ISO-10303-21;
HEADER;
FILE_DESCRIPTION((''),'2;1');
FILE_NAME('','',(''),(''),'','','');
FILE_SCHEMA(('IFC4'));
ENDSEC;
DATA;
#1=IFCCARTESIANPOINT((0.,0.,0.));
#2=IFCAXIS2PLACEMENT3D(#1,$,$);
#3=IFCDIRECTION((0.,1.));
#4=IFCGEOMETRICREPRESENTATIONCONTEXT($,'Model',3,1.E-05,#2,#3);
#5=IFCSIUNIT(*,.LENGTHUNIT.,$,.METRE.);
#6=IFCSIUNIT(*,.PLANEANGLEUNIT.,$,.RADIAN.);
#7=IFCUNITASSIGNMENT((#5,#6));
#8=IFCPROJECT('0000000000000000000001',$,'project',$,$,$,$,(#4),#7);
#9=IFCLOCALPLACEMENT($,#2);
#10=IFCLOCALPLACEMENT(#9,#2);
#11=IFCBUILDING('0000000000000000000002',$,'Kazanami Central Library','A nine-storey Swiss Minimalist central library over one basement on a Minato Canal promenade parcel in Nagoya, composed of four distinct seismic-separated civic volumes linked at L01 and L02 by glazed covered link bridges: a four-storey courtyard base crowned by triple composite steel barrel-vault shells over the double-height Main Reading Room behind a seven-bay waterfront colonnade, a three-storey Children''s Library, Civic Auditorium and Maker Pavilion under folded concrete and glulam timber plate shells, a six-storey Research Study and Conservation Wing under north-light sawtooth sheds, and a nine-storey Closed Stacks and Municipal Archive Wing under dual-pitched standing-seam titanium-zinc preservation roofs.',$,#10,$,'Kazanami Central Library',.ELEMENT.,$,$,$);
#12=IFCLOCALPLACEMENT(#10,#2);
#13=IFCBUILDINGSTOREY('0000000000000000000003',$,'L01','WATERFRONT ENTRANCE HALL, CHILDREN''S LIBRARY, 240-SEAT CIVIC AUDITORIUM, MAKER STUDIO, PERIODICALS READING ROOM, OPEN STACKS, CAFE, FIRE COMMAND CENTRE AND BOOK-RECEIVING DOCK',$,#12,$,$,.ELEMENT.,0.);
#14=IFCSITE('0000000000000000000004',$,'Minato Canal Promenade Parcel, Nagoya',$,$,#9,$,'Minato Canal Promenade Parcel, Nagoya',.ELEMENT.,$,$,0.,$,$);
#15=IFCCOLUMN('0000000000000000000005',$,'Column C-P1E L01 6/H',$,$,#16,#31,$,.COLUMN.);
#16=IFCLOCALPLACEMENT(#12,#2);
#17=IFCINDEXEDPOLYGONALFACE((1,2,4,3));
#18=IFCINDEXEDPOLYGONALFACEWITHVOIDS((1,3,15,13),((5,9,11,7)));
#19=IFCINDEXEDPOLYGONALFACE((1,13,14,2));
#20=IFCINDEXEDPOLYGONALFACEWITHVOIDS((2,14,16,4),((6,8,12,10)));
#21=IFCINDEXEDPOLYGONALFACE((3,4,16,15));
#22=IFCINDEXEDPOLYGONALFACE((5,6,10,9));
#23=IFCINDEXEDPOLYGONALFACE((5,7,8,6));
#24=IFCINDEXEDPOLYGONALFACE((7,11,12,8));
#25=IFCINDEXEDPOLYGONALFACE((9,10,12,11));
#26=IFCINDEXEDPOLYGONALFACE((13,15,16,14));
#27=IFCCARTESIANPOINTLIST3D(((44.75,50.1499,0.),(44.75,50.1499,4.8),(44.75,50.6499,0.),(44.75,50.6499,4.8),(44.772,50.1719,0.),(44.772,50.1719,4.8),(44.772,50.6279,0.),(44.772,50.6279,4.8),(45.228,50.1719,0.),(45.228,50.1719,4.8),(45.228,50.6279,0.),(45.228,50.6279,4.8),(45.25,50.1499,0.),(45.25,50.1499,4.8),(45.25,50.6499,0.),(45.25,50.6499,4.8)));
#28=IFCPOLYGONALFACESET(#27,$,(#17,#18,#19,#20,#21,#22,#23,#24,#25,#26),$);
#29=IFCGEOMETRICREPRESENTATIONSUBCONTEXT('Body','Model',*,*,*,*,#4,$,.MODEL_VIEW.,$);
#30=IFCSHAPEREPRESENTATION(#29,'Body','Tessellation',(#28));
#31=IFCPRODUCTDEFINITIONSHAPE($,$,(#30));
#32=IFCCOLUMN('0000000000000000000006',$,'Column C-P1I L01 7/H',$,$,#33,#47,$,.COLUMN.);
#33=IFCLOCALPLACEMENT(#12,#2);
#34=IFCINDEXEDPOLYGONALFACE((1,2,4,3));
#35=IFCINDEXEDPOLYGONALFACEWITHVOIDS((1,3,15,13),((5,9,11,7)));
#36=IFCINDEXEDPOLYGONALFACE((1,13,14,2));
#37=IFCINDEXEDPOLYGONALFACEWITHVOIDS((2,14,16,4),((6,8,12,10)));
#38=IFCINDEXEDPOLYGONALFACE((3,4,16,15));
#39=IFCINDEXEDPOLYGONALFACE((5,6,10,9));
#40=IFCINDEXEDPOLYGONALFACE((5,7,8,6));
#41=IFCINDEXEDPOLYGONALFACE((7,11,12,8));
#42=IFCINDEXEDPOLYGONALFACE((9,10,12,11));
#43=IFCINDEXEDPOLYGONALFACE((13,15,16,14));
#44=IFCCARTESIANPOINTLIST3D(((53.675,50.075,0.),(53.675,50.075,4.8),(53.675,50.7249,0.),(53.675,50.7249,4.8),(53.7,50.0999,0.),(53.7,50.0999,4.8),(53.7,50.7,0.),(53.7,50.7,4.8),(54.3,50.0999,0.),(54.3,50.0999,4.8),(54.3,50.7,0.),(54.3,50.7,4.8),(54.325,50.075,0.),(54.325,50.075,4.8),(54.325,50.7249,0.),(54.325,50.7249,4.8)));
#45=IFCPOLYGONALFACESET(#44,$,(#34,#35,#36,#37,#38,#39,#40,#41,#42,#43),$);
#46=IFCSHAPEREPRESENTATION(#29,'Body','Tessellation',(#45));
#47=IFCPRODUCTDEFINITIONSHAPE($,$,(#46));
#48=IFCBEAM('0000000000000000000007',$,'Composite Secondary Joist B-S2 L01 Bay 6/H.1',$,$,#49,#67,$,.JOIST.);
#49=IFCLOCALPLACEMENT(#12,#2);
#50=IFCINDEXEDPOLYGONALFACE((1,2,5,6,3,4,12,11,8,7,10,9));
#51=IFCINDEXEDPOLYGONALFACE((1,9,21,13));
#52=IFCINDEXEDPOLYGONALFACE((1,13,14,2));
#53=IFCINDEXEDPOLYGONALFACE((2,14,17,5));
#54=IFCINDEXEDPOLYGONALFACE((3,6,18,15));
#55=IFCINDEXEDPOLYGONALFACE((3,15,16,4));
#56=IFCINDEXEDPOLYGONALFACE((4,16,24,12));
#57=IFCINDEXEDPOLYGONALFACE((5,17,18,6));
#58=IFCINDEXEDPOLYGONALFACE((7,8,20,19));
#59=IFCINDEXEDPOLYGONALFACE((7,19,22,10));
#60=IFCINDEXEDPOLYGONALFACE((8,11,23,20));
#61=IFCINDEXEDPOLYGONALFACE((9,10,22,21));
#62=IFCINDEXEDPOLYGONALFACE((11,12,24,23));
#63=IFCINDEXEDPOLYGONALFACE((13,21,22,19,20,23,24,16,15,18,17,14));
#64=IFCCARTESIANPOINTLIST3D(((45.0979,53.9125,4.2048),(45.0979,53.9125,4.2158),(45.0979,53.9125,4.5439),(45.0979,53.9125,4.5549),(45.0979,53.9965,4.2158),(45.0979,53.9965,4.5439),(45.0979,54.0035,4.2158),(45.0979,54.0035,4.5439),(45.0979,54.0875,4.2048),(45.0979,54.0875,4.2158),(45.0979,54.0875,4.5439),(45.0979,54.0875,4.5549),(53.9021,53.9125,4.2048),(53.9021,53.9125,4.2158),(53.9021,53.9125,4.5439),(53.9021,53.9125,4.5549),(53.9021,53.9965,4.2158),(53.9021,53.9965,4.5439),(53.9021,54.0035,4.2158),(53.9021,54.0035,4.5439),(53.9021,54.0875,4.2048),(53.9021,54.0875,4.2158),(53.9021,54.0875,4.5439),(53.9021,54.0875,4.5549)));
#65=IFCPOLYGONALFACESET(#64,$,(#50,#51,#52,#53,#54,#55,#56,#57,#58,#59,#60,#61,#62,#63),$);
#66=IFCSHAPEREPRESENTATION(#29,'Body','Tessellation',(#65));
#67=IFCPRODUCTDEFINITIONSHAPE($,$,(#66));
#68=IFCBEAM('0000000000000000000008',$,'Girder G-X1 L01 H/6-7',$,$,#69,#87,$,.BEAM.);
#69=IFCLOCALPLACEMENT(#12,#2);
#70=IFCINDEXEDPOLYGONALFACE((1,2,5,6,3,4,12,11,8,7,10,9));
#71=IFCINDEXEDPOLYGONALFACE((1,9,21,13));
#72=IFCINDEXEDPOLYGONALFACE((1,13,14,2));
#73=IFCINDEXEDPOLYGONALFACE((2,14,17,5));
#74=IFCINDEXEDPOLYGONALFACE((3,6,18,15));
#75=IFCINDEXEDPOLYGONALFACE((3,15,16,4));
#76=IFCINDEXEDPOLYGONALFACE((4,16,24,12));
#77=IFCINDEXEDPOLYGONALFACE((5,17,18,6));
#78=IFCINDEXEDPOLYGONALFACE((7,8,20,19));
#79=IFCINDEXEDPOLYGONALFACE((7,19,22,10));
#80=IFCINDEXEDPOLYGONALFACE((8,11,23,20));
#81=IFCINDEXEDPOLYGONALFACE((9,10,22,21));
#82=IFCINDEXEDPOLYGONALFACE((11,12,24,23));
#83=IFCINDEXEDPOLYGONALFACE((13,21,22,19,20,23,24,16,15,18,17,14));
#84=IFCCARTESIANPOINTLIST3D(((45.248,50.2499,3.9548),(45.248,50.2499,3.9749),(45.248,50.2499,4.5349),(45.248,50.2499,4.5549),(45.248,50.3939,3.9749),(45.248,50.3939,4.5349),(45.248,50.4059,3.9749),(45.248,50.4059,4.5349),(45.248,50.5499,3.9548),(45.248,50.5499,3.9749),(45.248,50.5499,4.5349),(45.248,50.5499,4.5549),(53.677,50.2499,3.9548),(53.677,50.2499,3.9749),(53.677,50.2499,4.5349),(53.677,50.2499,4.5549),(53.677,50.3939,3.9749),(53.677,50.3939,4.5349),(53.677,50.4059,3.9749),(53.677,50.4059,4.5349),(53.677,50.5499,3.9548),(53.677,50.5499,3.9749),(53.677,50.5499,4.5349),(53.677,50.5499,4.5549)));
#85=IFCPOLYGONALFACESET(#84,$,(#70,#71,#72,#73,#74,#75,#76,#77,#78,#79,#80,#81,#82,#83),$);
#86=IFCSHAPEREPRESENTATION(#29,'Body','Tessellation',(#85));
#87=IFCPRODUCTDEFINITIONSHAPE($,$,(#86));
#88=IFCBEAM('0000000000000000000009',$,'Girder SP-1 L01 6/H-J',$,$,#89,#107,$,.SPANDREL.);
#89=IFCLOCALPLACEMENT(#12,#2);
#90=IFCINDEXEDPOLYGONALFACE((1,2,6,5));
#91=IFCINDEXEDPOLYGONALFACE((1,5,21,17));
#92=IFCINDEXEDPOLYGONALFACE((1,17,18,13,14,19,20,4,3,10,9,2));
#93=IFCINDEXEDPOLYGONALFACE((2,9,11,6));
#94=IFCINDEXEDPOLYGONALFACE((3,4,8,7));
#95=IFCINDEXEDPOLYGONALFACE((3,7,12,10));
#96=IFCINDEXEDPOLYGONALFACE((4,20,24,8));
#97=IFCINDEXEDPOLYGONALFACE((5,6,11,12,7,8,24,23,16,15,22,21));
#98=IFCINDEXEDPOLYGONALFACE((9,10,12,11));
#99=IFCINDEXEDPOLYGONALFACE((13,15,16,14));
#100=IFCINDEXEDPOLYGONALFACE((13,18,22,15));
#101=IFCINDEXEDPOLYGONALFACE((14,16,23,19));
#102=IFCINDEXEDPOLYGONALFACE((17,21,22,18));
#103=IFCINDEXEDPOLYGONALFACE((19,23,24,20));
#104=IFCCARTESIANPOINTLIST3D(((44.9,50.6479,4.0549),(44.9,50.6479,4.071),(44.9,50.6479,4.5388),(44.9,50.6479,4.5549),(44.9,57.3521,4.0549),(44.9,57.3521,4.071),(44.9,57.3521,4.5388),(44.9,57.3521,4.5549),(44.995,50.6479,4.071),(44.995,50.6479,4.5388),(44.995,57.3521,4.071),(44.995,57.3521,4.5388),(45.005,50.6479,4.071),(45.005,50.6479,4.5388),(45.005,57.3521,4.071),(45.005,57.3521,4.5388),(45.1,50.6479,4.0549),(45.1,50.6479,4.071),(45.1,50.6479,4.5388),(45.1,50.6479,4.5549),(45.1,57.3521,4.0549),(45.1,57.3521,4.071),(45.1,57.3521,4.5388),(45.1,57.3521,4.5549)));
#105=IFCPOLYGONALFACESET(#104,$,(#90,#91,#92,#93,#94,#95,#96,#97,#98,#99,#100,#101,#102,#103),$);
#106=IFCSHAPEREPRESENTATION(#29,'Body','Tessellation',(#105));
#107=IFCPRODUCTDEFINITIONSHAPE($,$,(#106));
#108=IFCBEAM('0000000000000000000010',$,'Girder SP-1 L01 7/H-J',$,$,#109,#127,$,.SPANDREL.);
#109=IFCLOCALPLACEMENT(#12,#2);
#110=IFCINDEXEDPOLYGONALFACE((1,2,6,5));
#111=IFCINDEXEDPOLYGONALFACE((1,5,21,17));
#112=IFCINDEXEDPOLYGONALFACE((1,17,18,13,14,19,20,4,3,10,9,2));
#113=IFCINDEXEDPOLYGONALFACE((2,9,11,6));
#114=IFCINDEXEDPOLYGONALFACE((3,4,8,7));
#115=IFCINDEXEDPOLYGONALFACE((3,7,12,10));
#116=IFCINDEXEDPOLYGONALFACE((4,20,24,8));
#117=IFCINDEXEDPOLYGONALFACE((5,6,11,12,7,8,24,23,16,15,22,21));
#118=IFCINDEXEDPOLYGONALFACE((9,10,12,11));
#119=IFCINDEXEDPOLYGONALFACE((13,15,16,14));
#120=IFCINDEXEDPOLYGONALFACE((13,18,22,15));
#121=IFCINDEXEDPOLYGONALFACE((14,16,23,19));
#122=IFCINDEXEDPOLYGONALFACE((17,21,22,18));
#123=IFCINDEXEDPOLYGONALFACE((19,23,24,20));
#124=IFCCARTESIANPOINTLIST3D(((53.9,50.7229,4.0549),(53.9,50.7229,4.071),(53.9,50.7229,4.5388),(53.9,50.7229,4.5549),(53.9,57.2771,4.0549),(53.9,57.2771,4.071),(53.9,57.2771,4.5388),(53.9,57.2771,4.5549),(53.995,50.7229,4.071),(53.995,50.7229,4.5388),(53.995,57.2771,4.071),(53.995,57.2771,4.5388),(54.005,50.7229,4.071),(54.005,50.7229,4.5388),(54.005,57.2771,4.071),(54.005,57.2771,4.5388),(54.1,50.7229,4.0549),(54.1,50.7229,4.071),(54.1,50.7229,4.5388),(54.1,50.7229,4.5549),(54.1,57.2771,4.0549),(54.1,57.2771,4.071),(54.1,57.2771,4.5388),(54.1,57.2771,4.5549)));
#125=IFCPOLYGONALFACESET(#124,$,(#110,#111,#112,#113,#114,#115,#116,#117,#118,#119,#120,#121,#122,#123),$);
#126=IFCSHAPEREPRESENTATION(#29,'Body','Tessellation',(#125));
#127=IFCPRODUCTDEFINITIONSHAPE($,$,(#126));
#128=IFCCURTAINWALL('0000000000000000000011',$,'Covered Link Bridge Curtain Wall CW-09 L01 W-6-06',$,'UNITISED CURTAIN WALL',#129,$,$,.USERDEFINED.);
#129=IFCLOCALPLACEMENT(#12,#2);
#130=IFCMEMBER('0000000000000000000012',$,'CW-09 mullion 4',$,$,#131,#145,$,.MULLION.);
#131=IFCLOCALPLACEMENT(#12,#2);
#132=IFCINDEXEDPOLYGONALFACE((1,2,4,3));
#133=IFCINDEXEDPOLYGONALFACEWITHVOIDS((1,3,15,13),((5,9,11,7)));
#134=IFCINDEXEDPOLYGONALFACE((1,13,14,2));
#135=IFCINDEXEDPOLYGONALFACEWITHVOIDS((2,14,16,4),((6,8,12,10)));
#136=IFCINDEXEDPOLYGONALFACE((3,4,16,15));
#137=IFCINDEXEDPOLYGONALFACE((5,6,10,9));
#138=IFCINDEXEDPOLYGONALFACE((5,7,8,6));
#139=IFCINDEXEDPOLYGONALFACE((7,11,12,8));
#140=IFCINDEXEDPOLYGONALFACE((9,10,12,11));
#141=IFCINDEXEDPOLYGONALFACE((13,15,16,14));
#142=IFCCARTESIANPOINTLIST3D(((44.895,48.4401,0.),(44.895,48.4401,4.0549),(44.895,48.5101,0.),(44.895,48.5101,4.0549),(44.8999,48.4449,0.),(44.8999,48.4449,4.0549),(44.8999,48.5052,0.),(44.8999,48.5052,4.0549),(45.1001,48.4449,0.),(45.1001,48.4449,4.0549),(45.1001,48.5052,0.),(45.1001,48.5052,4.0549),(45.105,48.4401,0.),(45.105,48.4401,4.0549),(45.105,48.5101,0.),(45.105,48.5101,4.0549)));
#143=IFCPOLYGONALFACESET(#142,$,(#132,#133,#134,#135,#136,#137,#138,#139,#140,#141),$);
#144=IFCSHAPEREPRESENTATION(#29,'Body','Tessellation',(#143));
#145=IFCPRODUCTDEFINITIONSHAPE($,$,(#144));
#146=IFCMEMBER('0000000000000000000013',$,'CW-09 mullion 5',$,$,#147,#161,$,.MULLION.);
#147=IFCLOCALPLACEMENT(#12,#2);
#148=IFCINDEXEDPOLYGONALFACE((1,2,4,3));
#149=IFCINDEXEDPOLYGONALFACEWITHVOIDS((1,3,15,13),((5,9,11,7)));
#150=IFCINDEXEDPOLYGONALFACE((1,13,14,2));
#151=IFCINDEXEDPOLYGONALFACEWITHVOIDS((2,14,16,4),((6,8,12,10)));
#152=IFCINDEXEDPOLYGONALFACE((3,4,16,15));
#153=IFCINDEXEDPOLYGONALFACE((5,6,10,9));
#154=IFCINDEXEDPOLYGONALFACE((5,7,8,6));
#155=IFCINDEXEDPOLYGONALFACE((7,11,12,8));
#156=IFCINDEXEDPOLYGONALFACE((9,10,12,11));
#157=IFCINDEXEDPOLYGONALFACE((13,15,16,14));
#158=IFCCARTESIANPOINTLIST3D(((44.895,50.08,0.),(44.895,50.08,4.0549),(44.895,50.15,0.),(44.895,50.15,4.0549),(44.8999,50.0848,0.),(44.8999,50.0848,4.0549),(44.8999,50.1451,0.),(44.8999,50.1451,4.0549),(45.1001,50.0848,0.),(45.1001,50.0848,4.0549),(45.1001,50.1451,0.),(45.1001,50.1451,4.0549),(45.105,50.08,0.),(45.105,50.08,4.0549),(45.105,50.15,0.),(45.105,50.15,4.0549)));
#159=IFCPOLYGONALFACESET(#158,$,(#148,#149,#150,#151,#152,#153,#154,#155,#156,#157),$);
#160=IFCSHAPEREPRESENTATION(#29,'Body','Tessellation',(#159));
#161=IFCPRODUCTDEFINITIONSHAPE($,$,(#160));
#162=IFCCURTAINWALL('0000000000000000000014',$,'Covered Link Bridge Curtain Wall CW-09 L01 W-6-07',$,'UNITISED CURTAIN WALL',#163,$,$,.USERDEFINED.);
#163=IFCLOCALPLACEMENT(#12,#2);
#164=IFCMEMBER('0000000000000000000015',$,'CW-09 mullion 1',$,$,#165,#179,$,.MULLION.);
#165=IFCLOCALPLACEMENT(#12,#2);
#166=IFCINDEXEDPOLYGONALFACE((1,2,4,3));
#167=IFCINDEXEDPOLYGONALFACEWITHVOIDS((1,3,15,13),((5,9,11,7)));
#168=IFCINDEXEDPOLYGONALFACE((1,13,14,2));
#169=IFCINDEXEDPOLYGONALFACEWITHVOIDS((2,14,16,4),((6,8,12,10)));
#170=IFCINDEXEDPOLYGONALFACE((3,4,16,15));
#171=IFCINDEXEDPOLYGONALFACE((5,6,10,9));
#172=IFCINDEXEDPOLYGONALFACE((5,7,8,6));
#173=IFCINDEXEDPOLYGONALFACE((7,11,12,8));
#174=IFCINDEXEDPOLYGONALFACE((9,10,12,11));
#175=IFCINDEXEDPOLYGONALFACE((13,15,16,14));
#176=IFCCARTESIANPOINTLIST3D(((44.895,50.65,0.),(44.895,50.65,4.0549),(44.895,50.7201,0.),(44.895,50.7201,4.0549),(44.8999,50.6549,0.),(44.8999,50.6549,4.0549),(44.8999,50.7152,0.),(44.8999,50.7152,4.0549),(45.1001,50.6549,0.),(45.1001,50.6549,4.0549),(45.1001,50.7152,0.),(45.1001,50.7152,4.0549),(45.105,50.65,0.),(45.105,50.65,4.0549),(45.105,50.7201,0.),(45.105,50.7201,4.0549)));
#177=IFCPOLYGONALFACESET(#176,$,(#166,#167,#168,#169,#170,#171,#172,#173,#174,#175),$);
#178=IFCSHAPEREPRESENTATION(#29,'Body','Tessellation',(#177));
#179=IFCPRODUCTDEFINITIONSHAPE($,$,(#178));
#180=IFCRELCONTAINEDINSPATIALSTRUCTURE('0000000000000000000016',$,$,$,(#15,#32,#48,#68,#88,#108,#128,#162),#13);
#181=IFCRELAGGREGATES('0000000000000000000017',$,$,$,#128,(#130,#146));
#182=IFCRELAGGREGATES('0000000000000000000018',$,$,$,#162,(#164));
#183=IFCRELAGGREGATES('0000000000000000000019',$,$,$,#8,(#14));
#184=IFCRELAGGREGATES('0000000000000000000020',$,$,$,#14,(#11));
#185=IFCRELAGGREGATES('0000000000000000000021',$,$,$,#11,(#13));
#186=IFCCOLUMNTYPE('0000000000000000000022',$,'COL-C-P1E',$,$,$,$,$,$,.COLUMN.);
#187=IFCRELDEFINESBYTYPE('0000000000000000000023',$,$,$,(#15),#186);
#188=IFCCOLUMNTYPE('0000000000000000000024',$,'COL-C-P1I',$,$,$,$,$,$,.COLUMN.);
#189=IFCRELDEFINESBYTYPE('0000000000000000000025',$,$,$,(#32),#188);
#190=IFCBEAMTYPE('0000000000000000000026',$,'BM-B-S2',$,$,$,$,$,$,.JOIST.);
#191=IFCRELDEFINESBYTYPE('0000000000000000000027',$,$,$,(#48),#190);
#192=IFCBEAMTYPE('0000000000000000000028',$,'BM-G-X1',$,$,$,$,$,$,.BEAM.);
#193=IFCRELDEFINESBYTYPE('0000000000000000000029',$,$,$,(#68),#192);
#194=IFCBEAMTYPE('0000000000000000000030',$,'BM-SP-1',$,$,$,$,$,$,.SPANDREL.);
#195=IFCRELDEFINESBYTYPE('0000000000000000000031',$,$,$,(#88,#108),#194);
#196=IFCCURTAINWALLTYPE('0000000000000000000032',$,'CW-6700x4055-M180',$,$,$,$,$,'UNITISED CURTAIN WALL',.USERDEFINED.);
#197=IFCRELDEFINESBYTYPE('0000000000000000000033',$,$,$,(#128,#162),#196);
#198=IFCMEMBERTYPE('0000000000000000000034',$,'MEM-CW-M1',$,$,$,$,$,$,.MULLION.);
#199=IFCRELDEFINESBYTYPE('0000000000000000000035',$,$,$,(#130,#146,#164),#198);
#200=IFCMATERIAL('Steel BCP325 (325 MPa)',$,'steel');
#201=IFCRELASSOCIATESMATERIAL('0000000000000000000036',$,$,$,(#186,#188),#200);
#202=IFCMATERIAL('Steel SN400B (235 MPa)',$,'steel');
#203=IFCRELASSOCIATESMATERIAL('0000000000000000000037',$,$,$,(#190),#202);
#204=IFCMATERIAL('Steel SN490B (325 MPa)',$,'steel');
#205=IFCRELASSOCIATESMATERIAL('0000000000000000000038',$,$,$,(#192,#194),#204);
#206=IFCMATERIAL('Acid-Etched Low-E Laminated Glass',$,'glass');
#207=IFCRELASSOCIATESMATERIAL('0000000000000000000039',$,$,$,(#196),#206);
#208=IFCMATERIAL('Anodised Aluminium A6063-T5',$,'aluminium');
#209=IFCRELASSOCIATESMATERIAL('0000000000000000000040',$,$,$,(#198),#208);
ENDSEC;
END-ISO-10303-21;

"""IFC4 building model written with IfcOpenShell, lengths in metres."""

from ifc_helpers import new_model, si_unit, direction, frame, origin, origin_2d, place, context, subcontext, project, spatial, hollow_rectangle, i_section, extrude, material, material_profile, profile_set, type_object, element, aggregate, save


model = new_model("IFC4")

# Units and contexts
model_context = context("Model", 3, precision=1e-05, world=origin(), true_north=direction((0.0, 1.0)))
body_context = subcontext(model_context, "Body", "Model", "MODEL_VIEW")
ifc_project = project(units=[si_unit("LENGTHUNIT", "METRE"), si_unit("PLANEANGLEUNIT", "RADIAN")], contexts=[model_context])

# Site, building, storey
site_placement = place(None, origin())
site = spatial("IfcSite", under=ifc_project, at=site_placement, Name="Minato Canal Promenade Parcel, Nagoya", LongName="Minato Canal Promenade Parcel, Nagoya", CompositionType="ELEMENT", RefElevation=0.0)
building_placement = place(site_placement, origin())
building = spatial("IfcBuilding", under=site, at=building_placement, Name="Kazanami Central Library", Description="A nine-storey Swiss Minimalist central library over one basement on a Minato Canal promenade parcel in Nagoya, composed of four distinct seismic-separated civic volumes linked at L01 and L02 by glazed covered link bridges: a four-storey courtyard base crowned by triple composite steel barrel-vault shells over the double-height Main Reading Room behind a seven-bay waterfront colonnade, a three-storey Children's Library, Civic Auditorium and Maker Pavilion under folded concrete and glulam timber plate shells, a six-storey Research Study and Conservation Wing under north-light sawtooth sheds, and a nine-storey Closed Stacks and Municipal Archive Wing under dual-pitched standing-seam titanium-zinc preservation roofs.", LongName="Kazanami Central Library", CompositionType="ELEMENT")
storey_placement = place(building_placement, origin())
storey = spatial("IfcBuildingStorey", under=building, at=storey_placement, Name="L01", Description="WATERFRONT ENTRANCE HALL, CHILDREN'S LIBRARY, 240-SEAT CIVIC AUDITORIUM, MAKER STUDIO, PERIODICALS READING ROOM, OPEN STACKS, CAFE, FIRE COMMAND CENTRE AND BOOK-RECEIVING DOCK", CompositionType="ELEMENT", Elevation=0.0)

# Columns
ifc_material_1 = material(Name="Steel BCP325 (325 MPa)", Category="steel")
ifc_material_profile_1 = material_profile(ifc_material_1, hollow_rectangle(XDim=0.5, YDim=0.5, WallThickness=0.022, at=origin_2d()), Name="BCP-500x500x22")
ifc_profile_set_1 = profile_set([ifc_material_profile_1], Name="Steel BCP325 (325 MPa)")
column_type_1 = type_object("IfcColumnType", Name="COL-C-P1E", PredefinedType="COLUMN", material=ifc_profile_set_1)
column_1_placement = place(storey_placement, frame((45.0, 50.3999, 0.0), z_axis=(0.0, 0.0, 1.0), x_axis=(1.0, 0.0, 0.0)))
element("IfcColumn", 1, at=column_1_placement, inside=storey, type_object=column_type_1, Name="Column C-P1E L01 6/H", PredefinedType="COLUMN", context=body_context, shape_type="SweptSolid", body=[
    extrude(hollow_rectangle(XDim=0.5, YDim=0.5, WallThickness=0.022, at=origin_2d()), origin(), (0.0, 0.0, 1.0), 4.8),
])
ifc_material_profile_2 = material_profile(ifc_material_1, hollow_rectangle(XDim=0.6499, YDim=0.6499, WallThickness=0.0249, at=origin_2d()), Name="BCP-650x650x25")
ifc_profile_set_2 = profile_set([ifc_material_profile_2], Name="Steel BCP325 (325 MPa)")
column_type_2 = type_object("IfcColumnType", Name="COL-C-P1I", PredefinedType="COLUMN", material=ifc_profile_set_2)
column_2_placement = place(storey_placement, frame((54.0, 50.3999, 0.0), z_axis=(0.0, 0.0, 1.0), x_axis=(1.0, 0.0, 0.0)))
element("IfcColumn", 2, at=column_2_placement, inside=storey, type_object=column_type_2, Name="Column C-P1I L01 7/H", PredefinedType="COLUMN", context=body_context, shape_type="SweptSolid", body=[
    extrude(hollow_rectangle(XDim=0.6499, YDim=0.6499, WallThickness=0.0249, at=origin_2d()), origin(), (0.0, 0.0, 1.0), 4.8),
])

# Beams
ifc_material_2 = material(Name="Steel SN400B (235 MPa)", Category="steel")
ifc_material_profile_3 = material_profile(ifc_material_2, i_section(OverallWidth=0.175, OverallDepth=0.3501, WebThickness=0.0071, FlangeThickness=0.011, at=origin_2d()), Name="H-350x175x7x11")
ifc_profile_set_3 = profile_set([ifc_material_profile_3], Name="Steel SN400B (235 MPa)")
beam_type_1 = type_object("IfcBeamType", Name="BM-B-S2", PredefinedType="JOIST", material=ifc_profile_set_3)
beam_1_placement = place(storey_placement, frame((45.0979, 54.0, 4.3799), z_axis=(1.0, 0.0, 0.0), x_axis=(0.0, 1.0, 0.0)))
element("IfcBeam", 3, at=beam_1_placement, inside=storey, type_object=beam_type_1, Name="Composite Secondary Joist B-S2 L01 Bay 6/H.1", PredefinedType="JOIST", context=body_context, shape_type="SweptSolid", body=[
    extrude(i_section(OverallWidth=0.175, OverallDepth=0.3501, WebThickness=0.0071, FlangeThickness=0.011, at=origin_2d()), origin(), (0.0, 0.0, 1.0), 8.8042),
])
ifc_material_3 = material(Name="Steel SN490B (325 MPa)", Category="steel")
ifc_material_profile_4 = material_profile(ifc_material_3, i_section(OverallWidth=0.3, OverallDepth=0.6001, WebThickness=0.012, FlangeThickness=0.02, at=origin_2d()), Name="H-600x300x12x20")
ifc_profile_set_4 = profile_set([ifc_material_profile_4], Name="Steel SN490B (325 MPa)")
beam_type_2 = type_object("IfcBeamType", Name="BM-G-X1", PredefinedType="BEAM", material=ifc_profile_set_4)
beam_2_placement = place(storey_placement, frame((45.248, 50.3999, 4.2549), z_axis=(1.0, 0.0, 0.0), x_axis=(0.0, 1.0, 0.0)))
element("IfcBeam", 4, at=beam_2_placement, inside=storey, type_object=beam_type_2, Name="Girder G-X1 L01 H/6-7", PredefinedType="BEAM", context=body_context, shape_type="SweptSolid", body=[
    extrude(i_section(OverallWidth=0.3, OverallDepth=0.6001, WebThickness=0.012, FlangeThickness=0.02, at=origin_2d()), origin(), (0.0, 0.0, 1.0), 8.429),
])
ifc_material_profile_5 = material_profile(ifc_material_3, i_section(OverallWidth=0.2, OverallDepth=0.5, WebThickness=0.01, FlangeThickness=0.0161, at=origin_2d()), Name="H-500x200x10x16")
ifc_profile_set_5 = profile_set([ifc_material_profile_5], Name="Steel SN490B (325 MPa)")
beam_type_3 = type_object("IfcBeamType", Name="BM-SP-1", PredefinedType="SPANDREL", material=ifc_profile_set_5)
beam_3_placement = place(storey_placement, frame((45.0, 50.6479, 4.3049), z_axis=(0.0, 1.0, 0.0), x_axis=(-1.0, 0.0, 0.0)))
element("IfcBeam", 5, at=beam_3_placement, inside=storey, type_object=beam_type_3, Name="Girder SP-1 L01 6/H-J", PredefinedType="SPANDREL", context=body_context, shape_type="SweptSolid", body=[
    extrude(i_section(OverallWidth=0.2, OverallDepth=0.5, WebThickness=0.01, FlangeThickness=0.0161, at=origin_2d()), origin(), (0.0, 0.0, 1.0), 6.7041),
])
beam_4_placement = place(storey_placement, frame((54.0, 50.7229, 4.3049), z_axis=(0.0, 1.0, 0.0), x_axis=(-1.0, 0.0, 0.0)))
element("IfcBeam", 6, at=beam_4_placement, inside=storey, type_object=beam_type_3, Name="Girder SP-1 L01 7/H-J", PredefinedType="SPANDREL", context=body_context, shape_type="SweptSolid", body=[
    extrude(i_section(OverallWidth=0.2, OverallDepth=0.5, WebThickness=0.01, FlangeThickness=0.0161, at=origin_2d()), origin(), (0.0, 0.0, 1.0), 6.5542),
])

# Curtain walls, members
ifc_material_4 = material(Name="Acid-Etched Low-E Laminated Glass", Category="glass")
curtain_wall_type_1 = type_object("IfcCurtainWallType", Name="CW-6700x4055-M180", ElementType="UNITISED CURTAIN WALL", PredefinedType="USERDEFINED", material=ifc_material_4)
curtain_wall_1_placement = place(storey_placement, origin())
curtain_wall_1 = element("IfcCurtainWall", 7, at=curtain_wall_1_placement, inside=storey, type_object=curtain_wall_type_1, Name="Covered Link Bridge Curtain Wall CW-09 L01 W-6-06", ObjectType="UNITISED CURTAIN WALL", PredefinedType="USERDEFINED")
ifc_material_5 = material(Name="Anodised Aluminium A6063-T5", Category="aluminium")
ifc_material_profile_6 = material_profile(ifc_material_5, hollow_rectangle(XDim=0.0701, YDim=0.21, WallThickness=0.0049, at=origin_2d()), Name="ALU-MULL-70x210x5")
ifc_profile_set_6 = profile_set([ifc_material_profile_6], Name="Anodised Aluminium A6063-T5")
member_type_1 = type_object("IfcMemberType", Name="MEM-CW-M1", PredefinedType="MULLION", material=ifc_profile_set_6)
member_1_placement = place(storey_placement, frame((45.0, 48.4751, 0.0), z_axis=(0.0, 0.0, 1.0), x_axis=(0.0, 1.0, 0.0)))
member_1 = element("IfcMember", 8, at=member_1_placement, type_object=member_type_1, Name="CW-09 mullion 4", PredefinedType="MULLION", context=body_context, shape_type="SweptSolid", body=[
    extrude(hollow_rectangle(XDim=0.0701, YDim=0.21, WallThickness=0.0049, at=origin_2d()), origin(), (0.0, 0.0, 1.0), 4.0549),
])
member_2_placement = place(storey_placement, frame((45.0, 50.115, 0.0), z_axis=(0.0, 0.0, 1.0), x_axis=(0.0, 1.0, 0.0)))
member_2 = element("IfcMember", 9, at=member_2_placement, type_object=member_type_1, Name="CW-09 mullion 5", PredefinedType="MULLION", context=body_context, shape_type="SweptSolid", body=[
    extrude(hollow_rectangle(XDim=0.0701, YDim=0.21, WallThickness=0.0049, at=origin_2d()), origin(), (0.0, 0.0, 1.0), 4.0549),
])
curtain_wall_2_placement = place(storey_placement, origin())
curtain_wall_2 = element("IfcCurtainWall", 10, at=curtain_wall_2_placement, inside=storey, type_object=curtain_wall_type_1, Name="Covered Link Bridge Curtain Wall CW-09 L01 W-6-07", ObjectType="UNITISED CURTAIN WALL", PredefinedType="USERDEFINED")
member_3_placement = place(storey_placement, frame((45.0, 50.6851, 0.0), z_axis=(0.0, 0.0, 1.0), x_axis=(0.0, 1.0, 0.0)))
member_3 = element("IfcMember", 11, at=member_3_placement, type_object=member_type_1, Name="CW-09 mullion 1", PredefinedType="MULLION", context=body_context, shape_type="SweptSolid", body=[
    extrude(hollow_rectangle(XDim=0.0701, YDim=0.21, WallThickness=0.0049, at=origin_2d()), origin(), (0.0, 0.0, 1.0), 4.0549),
])

aggregate(curtain_wall_1, [member_1, member_2])
aggregate(curtain_wall_2, [member_3])

save(model, "model.ifc")
